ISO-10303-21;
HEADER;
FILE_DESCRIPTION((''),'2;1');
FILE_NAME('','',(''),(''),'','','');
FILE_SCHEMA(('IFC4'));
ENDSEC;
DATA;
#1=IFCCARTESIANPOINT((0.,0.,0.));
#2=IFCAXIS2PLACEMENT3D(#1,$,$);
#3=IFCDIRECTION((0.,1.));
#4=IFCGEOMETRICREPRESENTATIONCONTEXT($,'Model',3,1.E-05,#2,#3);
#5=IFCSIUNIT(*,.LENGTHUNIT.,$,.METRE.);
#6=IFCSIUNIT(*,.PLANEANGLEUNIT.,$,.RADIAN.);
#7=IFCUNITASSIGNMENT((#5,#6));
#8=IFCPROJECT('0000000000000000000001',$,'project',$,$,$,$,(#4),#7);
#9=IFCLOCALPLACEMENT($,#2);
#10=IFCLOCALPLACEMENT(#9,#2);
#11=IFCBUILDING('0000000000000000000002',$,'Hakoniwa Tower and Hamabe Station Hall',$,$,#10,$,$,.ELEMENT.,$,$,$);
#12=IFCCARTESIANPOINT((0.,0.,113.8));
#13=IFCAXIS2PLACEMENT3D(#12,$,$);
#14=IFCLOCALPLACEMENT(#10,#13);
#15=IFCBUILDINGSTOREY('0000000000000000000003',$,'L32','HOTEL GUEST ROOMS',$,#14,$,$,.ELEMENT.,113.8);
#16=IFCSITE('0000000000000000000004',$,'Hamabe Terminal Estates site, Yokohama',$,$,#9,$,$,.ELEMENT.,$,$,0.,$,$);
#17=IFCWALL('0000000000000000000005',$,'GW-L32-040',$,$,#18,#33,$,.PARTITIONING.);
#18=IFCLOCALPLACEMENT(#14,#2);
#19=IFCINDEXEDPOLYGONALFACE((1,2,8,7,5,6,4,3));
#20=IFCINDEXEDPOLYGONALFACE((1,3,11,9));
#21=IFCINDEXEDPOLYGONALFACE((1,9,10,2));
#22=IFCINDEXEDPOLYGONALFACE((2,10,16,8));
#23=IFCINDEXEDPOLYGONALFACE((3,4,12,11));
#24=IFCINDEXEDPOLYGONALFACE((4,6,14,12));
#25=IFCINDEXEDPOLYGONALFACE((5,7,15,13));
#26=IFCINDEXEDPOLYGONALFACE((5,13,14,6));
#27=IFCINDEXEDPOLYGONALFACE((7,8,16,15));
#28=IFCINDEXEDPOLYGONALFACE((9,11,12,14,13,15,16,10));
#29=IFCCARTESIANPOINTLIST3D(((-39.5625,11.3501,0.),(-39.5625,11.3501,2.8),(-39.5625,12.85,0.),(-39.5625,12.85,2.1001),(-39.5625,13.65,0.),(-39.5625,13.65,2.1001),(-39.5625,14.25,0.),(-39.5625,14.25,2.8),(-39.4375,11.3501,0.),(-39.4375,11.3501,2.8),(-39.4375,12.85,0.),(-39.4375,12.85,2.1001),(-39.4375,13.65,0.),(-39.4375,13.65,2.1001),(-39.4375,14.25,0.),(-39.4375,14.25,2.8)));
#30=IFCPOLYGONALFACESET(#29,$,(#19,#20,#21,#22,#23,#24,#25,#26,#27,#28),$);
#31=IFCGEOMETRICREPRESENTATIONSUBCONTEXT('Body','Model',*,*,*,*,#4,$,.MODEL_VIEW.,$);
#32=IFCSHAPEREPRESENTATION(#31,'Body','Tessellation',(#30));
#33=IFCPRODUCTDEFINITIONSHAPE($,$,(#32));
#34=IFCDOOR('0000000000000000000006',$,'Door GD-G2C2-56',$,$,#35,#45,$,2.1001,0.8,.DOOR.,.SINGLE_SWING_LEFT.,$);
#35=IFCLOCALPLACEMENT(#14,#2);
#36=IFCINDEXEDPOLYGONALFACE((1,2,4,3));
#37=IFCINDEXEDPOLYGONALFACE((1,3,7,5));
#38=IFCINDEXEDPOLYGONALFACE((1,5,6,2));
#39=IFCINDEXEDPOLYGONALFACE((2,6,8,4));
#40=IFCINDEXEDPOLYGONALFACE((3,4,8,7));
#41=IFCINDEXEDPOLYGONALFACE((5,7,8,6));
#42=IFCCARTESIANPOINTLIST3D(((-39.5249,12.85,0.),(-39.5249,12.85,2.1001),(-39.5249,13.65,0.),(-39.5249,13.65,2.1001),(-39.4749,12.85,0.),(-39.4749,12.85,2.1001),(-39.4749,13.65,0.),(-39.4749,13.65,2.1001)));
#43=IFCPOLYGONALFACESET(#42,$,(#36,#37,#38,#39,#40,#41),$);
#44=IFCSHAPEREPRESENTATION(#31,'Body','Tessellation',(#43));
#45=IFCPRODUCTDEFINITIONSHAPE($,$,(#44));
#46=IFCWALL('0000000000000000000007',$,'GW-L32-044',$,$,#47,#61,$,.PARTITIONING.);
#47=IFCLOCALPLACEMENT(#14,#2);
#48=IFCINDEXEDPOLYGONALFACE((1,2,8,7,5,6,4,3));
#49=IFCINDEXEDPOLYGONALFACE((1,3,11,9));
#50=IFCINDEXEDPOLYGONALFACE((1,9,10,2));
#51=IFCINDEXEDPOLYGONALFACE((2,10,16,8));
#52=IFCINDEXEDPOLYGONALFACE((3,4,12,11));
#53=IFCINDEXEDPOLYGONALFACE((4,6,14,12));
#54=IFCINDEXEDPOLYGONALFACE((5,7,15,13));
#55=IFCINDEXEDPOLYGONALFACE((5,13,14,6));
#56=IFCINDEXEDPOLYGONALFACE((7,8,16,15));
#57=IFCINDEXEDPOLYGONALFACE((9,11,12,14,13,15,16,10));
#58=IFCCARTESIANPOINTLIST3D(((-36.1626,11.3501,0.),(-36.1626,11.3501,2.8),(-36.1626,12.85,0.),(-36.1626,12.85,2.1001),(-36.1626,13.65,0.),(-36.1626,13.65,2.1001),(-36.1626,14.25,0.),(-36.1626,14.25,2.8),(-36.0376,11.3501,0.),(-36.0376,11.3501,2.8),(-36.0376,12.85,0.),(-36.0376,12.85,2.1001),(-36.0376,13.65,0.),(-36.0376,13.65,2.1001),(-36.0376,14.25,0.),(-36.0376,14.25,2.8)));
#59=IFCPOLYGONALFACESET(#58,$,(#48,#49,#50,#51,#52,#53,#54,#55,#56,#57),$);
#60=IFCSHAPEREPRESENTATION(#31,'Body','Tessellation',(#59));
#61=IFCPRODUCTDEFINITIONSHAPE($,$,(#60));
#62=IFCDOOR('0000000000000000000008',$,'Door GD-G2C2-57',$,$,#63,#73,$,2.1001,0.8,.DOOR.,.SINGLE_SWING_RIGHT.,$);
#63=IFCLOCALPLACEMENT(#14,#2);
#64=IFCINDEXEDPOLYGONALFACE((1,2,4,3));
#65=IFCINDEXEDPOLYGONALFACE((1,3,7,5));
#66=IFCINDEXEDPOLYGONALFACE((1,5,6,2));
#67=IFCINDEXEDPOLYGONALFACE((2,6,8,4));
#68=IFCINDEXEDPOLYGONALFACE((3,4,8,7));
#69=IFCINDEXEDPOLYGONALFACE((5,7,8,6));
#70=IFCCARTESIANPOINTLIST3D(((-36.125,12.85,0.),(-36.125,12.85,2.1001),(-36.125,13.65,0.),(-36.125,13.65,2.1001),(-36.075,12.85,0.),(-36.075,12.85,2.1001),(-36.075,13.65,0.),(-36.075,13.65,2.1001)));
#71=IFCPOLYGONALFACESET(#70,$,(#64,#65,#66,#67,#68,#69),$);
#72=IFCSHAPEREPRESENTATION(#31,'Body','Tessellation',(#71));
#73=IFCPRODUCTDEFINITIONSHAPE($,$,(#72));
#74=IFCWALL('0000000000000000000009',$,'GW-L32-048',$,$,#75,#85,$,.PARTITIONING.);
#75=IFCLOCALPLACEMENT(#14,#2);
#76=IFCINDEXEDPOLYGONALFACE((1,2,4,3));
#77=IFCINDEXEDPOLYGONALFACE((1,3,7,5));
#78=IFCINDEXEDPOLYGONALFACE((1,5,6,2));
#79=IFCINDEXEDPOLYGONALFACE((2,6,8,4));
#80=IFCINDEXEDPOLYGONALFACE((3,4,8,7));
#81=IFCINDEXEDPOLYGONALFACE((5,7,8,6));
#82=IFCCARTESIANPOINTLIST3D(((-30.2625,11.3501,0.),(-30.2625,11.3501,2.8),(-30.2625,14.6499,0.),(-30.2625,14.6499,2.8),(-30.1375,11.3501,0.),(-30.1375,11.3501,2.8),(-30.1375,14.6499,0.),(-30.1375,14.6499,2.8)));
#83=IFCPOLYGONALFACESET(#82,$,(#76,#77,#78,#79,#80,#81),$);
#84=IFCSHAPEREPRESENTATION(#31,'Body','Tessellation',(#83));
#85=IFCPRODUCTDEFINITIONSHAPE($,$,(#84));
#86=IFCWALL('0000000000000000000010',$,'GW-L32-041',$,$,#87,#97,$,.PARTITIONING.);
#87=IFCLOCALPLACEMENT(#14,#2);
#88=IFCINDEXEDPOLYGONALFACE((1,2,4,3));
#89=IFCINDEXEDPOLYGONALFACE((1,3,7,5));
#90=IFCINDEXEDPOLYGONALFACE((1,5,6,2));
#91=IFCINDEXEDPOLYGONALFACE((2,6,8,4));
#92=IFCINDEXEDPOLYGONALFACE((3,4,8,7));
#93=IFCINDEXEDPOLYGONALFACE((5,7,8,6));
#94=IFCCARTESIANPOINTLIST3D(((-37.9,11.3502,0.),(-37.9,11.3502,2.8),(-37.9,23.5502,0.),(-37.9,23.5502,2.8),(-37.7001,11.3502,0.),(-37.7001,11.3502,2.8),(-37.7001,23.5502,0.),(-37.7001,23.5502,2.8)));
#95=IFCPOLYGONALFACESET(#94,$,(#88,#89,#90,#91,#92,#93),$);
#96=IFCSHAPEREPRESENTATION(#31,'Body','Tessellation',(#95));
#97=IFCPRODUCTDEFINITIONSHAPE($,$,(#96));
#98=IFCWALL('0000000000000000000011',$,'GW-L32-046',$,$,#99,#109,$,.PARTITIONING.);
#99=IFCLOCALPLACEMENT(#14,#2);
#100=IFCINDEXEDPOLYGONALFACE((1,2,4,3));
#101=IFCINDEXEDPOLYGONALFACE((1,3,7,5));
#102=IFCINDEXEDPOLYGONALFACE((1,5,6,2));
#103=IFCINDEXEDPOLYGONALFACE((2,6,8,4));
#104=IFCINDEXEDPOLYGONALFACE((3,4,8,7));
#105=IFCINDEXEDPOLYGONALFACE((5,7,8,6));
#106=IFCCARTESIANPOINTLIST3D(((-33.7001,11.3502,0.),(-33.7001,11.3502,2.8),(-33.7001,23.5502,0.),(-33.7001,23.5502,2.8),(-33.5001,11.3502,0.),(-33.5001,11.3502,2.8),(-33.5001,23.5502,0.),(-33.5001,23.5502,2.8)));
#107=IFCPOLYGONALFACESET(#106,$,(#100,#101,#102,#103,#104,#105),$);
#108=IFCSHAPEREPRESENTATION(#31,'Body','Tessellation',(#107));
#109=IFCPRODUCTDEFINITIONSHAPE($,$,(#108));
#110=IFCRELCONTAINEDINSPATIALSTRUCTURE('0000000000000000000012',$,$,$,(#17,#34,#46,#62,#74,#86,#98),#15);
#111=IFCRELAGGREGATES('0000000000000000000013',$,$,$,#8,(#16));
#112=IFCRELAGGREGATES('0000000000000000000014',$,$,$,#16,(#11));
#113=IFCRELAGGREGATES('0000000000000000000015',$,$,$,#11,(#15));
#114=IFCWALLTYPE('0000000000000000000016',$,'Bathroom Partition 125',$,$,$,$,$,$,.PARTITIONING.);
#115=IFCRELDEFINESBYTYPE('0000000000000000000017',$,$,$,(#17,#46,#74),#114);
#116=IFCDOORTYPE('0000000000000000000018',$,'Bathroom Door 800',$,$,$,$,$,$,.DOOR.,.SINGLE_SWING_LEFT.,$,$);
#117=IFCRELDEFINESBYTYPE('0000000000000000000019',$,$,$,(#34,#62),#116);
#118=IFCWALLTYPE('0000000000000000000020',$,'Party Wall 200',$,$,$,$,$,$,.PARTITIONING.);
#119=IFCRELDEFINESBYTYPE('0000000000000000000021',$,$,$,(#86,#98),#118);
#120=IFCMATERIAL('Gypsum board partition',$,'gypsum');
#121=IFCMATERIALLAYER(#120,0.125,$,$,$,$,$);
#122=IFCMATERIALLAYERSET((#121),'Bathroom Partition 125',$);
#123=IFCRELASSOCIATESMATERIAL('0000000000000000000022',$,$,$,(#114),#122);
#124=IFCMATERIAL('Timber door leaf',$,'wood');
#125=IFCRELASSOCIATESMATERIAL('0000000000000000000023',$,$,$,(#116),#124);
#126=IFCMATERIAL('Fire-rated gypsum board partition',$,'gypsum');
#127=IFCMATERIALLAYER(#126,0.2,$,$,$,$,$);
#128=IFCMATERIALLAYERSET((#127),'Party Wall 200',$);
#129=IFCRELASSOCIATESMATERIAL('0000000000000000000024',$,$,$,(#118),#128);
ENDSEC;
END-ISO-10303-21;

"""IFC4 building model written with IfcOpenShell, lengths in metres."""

from ifc_helpers import new_model, si_unit, direction, frame, frame_2d, origin, place, context, subcontext, project, spatial, rectangle, extrude, material, layer, layer_set, type_object, element, fill, save


model = new_model("IFC4")

# Units and contexts
model_context = context("Model", 3, precision=1e-05, world=origin(), true_north=direction((0.0, 1.0)))
body_context = subcontext(model_context, "Body", "Model", "MODEL_VIEW")
ifc_project = project(units=[si_unit("LENGTHUNIT", "METRE"), si_unit("PLANEANGLEUNIT", "RADIAN")], contexts=[model_context])

# Site, building, storey
site_placement = place(None, origin())
site = spatial("IfcSite", under=ifc_project, at=site_placement, Name="Hamabe Terminal Estates site, Yokohama", CompositionType="ELEMENT", RefElevation=0.0)
building_placement = place(site_placement, origin())
building = spatial("IfcBuilding", under=site, at=building_placement, Name="Hakoniwa Tower and Hamabe Station Hall", CompositionType="ELEMENT")
storey_placement = place(building_placement, frame((0.0, 0.0, 113.8)))
storey = spatial("IfcBuildingStorey", under=building, at=storey_placement, Name="L32", Description="HOTEL GUEST ROOMS", CompositionType="ELEMENT", Elevation=113.8)

# Shared definitions
ifc_material_1 = material(Name="Gypsum board partition", Category="gypsum")
ifc_layer_1 = layer(ifc_material_1, 0.125)
ifc_layer_set_1 = layer_set([ifc_layer_1], Name="Bathroom Partition 125")
wall_type_1 = type_object("IfcWallType", Name="Bathroom Partition 125", PredefinedType="PARTITIONING", material=ifc_layer_set_1)

# Walls, openings, doors
ifc_material_2 = material(Name="Timber door leaf", Category="wood")
door_type = type_object("IfcDoorType", Name="Bathroom Door 800", OperationType="SINGLE_SWING_LEFT", PredefinedType="DOOR", material=ifc_material_2)
wall_1_placement = place(storey_placement, frame((-39.5, 11.3501, 0.0), z_axis=(0.0, 0.0, 1.0), x_axis=(0.0, 1.0, 0.0)))
wall_1 = element("IfcWall", 1, at=wall_1_placement, inside=storey, type_object=wall_type_1, Name="GW-L32-040", PredefinedType="PARTITIONING", context=body_context, shape_type="SweptSolid", body=[
    extrude(rectangle(XDim=2.8999, YDim=0.125, at=frame_2d((1.45, 0.0))), origin(), (0.0, 0.0, 1.0), 2.8),
])
opening_1_placement = place(wall_1_placement, frame((1.5, 0.0, 0.0)))
opening_1 = element("IfcOpeningElement", 2, at=opening_1_placement, cuts=wall_1, PredefinedType="OPENING", context=body_context, shape_type="SweptSolid", body=[
    extrude(rectangle(XDim=0.8, YDim=2.1001, at=frame_2d((0.3999, 1.05))), frame((0.0, 0.0725, 0.0), z_axis=(0.0, -1.0, 0.0), x_axis=(1.0, 0.0, 0.0)), (0.0, 0.0, 1.0), 0.145),
])
door_1_placement = place(opening_1_placement, origin())
door_1 = element("IfcDoor", 3, at=door_1_placement, inside=storey, type_object=door_type, Name="Door GD-G2C2-56", OperationType="SINGLE_SWING_LEFT", OverallHeight=2.1001, OverallWidth=0.8, PredefinedType="DOOR", context=body_context, shape_type="SweptSolid", body=[
    extrude(rectangle(XDim=0.8, YDim=2.1001, at=frame_2d((0.3999, 1.05))), frame((0.0, 0.0249, 0.0), z_axis=(0.0, -1.0, 0.0), x_axis=(1.0, 0.0, 0.0)), (0.0, 0.0, 1.0), 0.05),
])
fill(opening_1, door_1)
wall_2_placement = place(storey_placement, frame((-36.1001, 11.3501, 0.0), z_axis=(0.0, 0.0, 1.0), x_axis=(0.0, 1.0, 0.0)))
wall_2 = element("IfcWall", 4, at=wall_2_placement, inside=storey, type_object=wall_type_1, Name="GW-L32-044", PredefinedType="PARTITIONING", context=body_context, shape_type="SweptSolid", body=[
    extrude(rectangle(XDim=2.8999, YDim=0.125, at=frame_2d((1.45, 0.0))), origin(), (0.0, 0.0, 1.0), 2.8),
])
opening_2_placement = place(wall_2_placement, frame((1.5, 0.0, 0.0)))
opening_2 = element("IfcOpeningElement", 5, at=opening_2_placement, cuts=wall_2, PredefinedType="OPENING", context=body_context, shape_type="SweptSolid", body=[
    extrude(rectangle(XDim=0.8, YDim=2.1001, at=frame_2d((0.3999, 1.05))), frame((0.0, 0.0725, 0.0), z_axis=(0.0, -1.0, 0.0), x_axis=(1.0, 0.0, 0.0)), (0.0, 0.0, 1.0), 0.145),
])
door_2_placement = place(opening_2_placement, origin())
door_2 = element("IfcDoor", 6, at=door_2_placement, inside=storey, type_object=door_type, Name="Door GD-G2C2-57", OperationType="SINGLE_SWING_RIGHT", OverallHeight=2.1001, OverallWidth=0.8, PredefinedType="DOOR", context=body_context, shape_type="SweptSolid", body=[
    extrude(rectangle(XDim=0.8, YDim=2.1001, at=frame_2d((0.3999, 1.05))), frame((0.0, 0.0249, 0.0), z_axis=(0.0, -1.0, 0.0), x_axis=(1.0, 0.0, 0.0)), (0.0, 0.0, 1.0), 0.05),
])
fill(opening_2, door_2)

# Walls
wall_3_placement = place(storey_placement, frame((-30.2, 11.3501, 0.0), z_axis=(0.0, 0.0, 1.0), x_axis=(0.0, 1.0, 0.0)))
element("IfcWall", 7, at=wall_3_placement, inside=storey, type_object=wall_type_1, Name="GW-L32-048", PredefinedType="PARTITIONING", context=body_context, shape_type="SweptSolid", body=[
    extrude(rectangle(XDim=3.2998, YDim=0.125, at=frame_2d((1.6499, 0.0))), origin(), (0.0, 0.0, 1.0), 2.8),
])
ifc_material_3 = material(Name="Fire-rated gypsum board partition", Category="gypsum")
ifc_layer_2 = layer(ifc_material_3, 0.2)
ifc_layer_set_2 = layer_set([ifc_layer_2], Name="Party Wall 200")
wall_type_2 = type_object("IfcWallType", Name="Party Wall 200", PredefinedType="PARTITIONING", material=ifc_layer_set_2)
for number, where, z_axis, x_axis, name in (
    (8, (-37.8, 11.3501, 0.0), (0.0, 0.0, 1.0), (0.0, 1.0, 0.0), "GW-L32-041"),
    (9, (-33.6001, 11.3501, 0.0), (0.0, 0.0, 1.0), (0.0, 1.0, 0.0), "GW-L32-046"),
):
    element("IfcWall", number, at=place(storey_placement, frame(where, z_axis=z_axis, x_axis=x_axis)), inside=storey, type_object=wall_type_2, Name=name, PredefinedType="PARTITIONING", context=body_context, shape_type="SweptSolid", body=[
        extrude(rectangle(XDim=12.2, YDim=0.2, at=frame_2d((6.1001, 0.0))), origin(), (0.0, 0.0, 1.0), 2.8),
    ])

save(model, "model.ifc")
